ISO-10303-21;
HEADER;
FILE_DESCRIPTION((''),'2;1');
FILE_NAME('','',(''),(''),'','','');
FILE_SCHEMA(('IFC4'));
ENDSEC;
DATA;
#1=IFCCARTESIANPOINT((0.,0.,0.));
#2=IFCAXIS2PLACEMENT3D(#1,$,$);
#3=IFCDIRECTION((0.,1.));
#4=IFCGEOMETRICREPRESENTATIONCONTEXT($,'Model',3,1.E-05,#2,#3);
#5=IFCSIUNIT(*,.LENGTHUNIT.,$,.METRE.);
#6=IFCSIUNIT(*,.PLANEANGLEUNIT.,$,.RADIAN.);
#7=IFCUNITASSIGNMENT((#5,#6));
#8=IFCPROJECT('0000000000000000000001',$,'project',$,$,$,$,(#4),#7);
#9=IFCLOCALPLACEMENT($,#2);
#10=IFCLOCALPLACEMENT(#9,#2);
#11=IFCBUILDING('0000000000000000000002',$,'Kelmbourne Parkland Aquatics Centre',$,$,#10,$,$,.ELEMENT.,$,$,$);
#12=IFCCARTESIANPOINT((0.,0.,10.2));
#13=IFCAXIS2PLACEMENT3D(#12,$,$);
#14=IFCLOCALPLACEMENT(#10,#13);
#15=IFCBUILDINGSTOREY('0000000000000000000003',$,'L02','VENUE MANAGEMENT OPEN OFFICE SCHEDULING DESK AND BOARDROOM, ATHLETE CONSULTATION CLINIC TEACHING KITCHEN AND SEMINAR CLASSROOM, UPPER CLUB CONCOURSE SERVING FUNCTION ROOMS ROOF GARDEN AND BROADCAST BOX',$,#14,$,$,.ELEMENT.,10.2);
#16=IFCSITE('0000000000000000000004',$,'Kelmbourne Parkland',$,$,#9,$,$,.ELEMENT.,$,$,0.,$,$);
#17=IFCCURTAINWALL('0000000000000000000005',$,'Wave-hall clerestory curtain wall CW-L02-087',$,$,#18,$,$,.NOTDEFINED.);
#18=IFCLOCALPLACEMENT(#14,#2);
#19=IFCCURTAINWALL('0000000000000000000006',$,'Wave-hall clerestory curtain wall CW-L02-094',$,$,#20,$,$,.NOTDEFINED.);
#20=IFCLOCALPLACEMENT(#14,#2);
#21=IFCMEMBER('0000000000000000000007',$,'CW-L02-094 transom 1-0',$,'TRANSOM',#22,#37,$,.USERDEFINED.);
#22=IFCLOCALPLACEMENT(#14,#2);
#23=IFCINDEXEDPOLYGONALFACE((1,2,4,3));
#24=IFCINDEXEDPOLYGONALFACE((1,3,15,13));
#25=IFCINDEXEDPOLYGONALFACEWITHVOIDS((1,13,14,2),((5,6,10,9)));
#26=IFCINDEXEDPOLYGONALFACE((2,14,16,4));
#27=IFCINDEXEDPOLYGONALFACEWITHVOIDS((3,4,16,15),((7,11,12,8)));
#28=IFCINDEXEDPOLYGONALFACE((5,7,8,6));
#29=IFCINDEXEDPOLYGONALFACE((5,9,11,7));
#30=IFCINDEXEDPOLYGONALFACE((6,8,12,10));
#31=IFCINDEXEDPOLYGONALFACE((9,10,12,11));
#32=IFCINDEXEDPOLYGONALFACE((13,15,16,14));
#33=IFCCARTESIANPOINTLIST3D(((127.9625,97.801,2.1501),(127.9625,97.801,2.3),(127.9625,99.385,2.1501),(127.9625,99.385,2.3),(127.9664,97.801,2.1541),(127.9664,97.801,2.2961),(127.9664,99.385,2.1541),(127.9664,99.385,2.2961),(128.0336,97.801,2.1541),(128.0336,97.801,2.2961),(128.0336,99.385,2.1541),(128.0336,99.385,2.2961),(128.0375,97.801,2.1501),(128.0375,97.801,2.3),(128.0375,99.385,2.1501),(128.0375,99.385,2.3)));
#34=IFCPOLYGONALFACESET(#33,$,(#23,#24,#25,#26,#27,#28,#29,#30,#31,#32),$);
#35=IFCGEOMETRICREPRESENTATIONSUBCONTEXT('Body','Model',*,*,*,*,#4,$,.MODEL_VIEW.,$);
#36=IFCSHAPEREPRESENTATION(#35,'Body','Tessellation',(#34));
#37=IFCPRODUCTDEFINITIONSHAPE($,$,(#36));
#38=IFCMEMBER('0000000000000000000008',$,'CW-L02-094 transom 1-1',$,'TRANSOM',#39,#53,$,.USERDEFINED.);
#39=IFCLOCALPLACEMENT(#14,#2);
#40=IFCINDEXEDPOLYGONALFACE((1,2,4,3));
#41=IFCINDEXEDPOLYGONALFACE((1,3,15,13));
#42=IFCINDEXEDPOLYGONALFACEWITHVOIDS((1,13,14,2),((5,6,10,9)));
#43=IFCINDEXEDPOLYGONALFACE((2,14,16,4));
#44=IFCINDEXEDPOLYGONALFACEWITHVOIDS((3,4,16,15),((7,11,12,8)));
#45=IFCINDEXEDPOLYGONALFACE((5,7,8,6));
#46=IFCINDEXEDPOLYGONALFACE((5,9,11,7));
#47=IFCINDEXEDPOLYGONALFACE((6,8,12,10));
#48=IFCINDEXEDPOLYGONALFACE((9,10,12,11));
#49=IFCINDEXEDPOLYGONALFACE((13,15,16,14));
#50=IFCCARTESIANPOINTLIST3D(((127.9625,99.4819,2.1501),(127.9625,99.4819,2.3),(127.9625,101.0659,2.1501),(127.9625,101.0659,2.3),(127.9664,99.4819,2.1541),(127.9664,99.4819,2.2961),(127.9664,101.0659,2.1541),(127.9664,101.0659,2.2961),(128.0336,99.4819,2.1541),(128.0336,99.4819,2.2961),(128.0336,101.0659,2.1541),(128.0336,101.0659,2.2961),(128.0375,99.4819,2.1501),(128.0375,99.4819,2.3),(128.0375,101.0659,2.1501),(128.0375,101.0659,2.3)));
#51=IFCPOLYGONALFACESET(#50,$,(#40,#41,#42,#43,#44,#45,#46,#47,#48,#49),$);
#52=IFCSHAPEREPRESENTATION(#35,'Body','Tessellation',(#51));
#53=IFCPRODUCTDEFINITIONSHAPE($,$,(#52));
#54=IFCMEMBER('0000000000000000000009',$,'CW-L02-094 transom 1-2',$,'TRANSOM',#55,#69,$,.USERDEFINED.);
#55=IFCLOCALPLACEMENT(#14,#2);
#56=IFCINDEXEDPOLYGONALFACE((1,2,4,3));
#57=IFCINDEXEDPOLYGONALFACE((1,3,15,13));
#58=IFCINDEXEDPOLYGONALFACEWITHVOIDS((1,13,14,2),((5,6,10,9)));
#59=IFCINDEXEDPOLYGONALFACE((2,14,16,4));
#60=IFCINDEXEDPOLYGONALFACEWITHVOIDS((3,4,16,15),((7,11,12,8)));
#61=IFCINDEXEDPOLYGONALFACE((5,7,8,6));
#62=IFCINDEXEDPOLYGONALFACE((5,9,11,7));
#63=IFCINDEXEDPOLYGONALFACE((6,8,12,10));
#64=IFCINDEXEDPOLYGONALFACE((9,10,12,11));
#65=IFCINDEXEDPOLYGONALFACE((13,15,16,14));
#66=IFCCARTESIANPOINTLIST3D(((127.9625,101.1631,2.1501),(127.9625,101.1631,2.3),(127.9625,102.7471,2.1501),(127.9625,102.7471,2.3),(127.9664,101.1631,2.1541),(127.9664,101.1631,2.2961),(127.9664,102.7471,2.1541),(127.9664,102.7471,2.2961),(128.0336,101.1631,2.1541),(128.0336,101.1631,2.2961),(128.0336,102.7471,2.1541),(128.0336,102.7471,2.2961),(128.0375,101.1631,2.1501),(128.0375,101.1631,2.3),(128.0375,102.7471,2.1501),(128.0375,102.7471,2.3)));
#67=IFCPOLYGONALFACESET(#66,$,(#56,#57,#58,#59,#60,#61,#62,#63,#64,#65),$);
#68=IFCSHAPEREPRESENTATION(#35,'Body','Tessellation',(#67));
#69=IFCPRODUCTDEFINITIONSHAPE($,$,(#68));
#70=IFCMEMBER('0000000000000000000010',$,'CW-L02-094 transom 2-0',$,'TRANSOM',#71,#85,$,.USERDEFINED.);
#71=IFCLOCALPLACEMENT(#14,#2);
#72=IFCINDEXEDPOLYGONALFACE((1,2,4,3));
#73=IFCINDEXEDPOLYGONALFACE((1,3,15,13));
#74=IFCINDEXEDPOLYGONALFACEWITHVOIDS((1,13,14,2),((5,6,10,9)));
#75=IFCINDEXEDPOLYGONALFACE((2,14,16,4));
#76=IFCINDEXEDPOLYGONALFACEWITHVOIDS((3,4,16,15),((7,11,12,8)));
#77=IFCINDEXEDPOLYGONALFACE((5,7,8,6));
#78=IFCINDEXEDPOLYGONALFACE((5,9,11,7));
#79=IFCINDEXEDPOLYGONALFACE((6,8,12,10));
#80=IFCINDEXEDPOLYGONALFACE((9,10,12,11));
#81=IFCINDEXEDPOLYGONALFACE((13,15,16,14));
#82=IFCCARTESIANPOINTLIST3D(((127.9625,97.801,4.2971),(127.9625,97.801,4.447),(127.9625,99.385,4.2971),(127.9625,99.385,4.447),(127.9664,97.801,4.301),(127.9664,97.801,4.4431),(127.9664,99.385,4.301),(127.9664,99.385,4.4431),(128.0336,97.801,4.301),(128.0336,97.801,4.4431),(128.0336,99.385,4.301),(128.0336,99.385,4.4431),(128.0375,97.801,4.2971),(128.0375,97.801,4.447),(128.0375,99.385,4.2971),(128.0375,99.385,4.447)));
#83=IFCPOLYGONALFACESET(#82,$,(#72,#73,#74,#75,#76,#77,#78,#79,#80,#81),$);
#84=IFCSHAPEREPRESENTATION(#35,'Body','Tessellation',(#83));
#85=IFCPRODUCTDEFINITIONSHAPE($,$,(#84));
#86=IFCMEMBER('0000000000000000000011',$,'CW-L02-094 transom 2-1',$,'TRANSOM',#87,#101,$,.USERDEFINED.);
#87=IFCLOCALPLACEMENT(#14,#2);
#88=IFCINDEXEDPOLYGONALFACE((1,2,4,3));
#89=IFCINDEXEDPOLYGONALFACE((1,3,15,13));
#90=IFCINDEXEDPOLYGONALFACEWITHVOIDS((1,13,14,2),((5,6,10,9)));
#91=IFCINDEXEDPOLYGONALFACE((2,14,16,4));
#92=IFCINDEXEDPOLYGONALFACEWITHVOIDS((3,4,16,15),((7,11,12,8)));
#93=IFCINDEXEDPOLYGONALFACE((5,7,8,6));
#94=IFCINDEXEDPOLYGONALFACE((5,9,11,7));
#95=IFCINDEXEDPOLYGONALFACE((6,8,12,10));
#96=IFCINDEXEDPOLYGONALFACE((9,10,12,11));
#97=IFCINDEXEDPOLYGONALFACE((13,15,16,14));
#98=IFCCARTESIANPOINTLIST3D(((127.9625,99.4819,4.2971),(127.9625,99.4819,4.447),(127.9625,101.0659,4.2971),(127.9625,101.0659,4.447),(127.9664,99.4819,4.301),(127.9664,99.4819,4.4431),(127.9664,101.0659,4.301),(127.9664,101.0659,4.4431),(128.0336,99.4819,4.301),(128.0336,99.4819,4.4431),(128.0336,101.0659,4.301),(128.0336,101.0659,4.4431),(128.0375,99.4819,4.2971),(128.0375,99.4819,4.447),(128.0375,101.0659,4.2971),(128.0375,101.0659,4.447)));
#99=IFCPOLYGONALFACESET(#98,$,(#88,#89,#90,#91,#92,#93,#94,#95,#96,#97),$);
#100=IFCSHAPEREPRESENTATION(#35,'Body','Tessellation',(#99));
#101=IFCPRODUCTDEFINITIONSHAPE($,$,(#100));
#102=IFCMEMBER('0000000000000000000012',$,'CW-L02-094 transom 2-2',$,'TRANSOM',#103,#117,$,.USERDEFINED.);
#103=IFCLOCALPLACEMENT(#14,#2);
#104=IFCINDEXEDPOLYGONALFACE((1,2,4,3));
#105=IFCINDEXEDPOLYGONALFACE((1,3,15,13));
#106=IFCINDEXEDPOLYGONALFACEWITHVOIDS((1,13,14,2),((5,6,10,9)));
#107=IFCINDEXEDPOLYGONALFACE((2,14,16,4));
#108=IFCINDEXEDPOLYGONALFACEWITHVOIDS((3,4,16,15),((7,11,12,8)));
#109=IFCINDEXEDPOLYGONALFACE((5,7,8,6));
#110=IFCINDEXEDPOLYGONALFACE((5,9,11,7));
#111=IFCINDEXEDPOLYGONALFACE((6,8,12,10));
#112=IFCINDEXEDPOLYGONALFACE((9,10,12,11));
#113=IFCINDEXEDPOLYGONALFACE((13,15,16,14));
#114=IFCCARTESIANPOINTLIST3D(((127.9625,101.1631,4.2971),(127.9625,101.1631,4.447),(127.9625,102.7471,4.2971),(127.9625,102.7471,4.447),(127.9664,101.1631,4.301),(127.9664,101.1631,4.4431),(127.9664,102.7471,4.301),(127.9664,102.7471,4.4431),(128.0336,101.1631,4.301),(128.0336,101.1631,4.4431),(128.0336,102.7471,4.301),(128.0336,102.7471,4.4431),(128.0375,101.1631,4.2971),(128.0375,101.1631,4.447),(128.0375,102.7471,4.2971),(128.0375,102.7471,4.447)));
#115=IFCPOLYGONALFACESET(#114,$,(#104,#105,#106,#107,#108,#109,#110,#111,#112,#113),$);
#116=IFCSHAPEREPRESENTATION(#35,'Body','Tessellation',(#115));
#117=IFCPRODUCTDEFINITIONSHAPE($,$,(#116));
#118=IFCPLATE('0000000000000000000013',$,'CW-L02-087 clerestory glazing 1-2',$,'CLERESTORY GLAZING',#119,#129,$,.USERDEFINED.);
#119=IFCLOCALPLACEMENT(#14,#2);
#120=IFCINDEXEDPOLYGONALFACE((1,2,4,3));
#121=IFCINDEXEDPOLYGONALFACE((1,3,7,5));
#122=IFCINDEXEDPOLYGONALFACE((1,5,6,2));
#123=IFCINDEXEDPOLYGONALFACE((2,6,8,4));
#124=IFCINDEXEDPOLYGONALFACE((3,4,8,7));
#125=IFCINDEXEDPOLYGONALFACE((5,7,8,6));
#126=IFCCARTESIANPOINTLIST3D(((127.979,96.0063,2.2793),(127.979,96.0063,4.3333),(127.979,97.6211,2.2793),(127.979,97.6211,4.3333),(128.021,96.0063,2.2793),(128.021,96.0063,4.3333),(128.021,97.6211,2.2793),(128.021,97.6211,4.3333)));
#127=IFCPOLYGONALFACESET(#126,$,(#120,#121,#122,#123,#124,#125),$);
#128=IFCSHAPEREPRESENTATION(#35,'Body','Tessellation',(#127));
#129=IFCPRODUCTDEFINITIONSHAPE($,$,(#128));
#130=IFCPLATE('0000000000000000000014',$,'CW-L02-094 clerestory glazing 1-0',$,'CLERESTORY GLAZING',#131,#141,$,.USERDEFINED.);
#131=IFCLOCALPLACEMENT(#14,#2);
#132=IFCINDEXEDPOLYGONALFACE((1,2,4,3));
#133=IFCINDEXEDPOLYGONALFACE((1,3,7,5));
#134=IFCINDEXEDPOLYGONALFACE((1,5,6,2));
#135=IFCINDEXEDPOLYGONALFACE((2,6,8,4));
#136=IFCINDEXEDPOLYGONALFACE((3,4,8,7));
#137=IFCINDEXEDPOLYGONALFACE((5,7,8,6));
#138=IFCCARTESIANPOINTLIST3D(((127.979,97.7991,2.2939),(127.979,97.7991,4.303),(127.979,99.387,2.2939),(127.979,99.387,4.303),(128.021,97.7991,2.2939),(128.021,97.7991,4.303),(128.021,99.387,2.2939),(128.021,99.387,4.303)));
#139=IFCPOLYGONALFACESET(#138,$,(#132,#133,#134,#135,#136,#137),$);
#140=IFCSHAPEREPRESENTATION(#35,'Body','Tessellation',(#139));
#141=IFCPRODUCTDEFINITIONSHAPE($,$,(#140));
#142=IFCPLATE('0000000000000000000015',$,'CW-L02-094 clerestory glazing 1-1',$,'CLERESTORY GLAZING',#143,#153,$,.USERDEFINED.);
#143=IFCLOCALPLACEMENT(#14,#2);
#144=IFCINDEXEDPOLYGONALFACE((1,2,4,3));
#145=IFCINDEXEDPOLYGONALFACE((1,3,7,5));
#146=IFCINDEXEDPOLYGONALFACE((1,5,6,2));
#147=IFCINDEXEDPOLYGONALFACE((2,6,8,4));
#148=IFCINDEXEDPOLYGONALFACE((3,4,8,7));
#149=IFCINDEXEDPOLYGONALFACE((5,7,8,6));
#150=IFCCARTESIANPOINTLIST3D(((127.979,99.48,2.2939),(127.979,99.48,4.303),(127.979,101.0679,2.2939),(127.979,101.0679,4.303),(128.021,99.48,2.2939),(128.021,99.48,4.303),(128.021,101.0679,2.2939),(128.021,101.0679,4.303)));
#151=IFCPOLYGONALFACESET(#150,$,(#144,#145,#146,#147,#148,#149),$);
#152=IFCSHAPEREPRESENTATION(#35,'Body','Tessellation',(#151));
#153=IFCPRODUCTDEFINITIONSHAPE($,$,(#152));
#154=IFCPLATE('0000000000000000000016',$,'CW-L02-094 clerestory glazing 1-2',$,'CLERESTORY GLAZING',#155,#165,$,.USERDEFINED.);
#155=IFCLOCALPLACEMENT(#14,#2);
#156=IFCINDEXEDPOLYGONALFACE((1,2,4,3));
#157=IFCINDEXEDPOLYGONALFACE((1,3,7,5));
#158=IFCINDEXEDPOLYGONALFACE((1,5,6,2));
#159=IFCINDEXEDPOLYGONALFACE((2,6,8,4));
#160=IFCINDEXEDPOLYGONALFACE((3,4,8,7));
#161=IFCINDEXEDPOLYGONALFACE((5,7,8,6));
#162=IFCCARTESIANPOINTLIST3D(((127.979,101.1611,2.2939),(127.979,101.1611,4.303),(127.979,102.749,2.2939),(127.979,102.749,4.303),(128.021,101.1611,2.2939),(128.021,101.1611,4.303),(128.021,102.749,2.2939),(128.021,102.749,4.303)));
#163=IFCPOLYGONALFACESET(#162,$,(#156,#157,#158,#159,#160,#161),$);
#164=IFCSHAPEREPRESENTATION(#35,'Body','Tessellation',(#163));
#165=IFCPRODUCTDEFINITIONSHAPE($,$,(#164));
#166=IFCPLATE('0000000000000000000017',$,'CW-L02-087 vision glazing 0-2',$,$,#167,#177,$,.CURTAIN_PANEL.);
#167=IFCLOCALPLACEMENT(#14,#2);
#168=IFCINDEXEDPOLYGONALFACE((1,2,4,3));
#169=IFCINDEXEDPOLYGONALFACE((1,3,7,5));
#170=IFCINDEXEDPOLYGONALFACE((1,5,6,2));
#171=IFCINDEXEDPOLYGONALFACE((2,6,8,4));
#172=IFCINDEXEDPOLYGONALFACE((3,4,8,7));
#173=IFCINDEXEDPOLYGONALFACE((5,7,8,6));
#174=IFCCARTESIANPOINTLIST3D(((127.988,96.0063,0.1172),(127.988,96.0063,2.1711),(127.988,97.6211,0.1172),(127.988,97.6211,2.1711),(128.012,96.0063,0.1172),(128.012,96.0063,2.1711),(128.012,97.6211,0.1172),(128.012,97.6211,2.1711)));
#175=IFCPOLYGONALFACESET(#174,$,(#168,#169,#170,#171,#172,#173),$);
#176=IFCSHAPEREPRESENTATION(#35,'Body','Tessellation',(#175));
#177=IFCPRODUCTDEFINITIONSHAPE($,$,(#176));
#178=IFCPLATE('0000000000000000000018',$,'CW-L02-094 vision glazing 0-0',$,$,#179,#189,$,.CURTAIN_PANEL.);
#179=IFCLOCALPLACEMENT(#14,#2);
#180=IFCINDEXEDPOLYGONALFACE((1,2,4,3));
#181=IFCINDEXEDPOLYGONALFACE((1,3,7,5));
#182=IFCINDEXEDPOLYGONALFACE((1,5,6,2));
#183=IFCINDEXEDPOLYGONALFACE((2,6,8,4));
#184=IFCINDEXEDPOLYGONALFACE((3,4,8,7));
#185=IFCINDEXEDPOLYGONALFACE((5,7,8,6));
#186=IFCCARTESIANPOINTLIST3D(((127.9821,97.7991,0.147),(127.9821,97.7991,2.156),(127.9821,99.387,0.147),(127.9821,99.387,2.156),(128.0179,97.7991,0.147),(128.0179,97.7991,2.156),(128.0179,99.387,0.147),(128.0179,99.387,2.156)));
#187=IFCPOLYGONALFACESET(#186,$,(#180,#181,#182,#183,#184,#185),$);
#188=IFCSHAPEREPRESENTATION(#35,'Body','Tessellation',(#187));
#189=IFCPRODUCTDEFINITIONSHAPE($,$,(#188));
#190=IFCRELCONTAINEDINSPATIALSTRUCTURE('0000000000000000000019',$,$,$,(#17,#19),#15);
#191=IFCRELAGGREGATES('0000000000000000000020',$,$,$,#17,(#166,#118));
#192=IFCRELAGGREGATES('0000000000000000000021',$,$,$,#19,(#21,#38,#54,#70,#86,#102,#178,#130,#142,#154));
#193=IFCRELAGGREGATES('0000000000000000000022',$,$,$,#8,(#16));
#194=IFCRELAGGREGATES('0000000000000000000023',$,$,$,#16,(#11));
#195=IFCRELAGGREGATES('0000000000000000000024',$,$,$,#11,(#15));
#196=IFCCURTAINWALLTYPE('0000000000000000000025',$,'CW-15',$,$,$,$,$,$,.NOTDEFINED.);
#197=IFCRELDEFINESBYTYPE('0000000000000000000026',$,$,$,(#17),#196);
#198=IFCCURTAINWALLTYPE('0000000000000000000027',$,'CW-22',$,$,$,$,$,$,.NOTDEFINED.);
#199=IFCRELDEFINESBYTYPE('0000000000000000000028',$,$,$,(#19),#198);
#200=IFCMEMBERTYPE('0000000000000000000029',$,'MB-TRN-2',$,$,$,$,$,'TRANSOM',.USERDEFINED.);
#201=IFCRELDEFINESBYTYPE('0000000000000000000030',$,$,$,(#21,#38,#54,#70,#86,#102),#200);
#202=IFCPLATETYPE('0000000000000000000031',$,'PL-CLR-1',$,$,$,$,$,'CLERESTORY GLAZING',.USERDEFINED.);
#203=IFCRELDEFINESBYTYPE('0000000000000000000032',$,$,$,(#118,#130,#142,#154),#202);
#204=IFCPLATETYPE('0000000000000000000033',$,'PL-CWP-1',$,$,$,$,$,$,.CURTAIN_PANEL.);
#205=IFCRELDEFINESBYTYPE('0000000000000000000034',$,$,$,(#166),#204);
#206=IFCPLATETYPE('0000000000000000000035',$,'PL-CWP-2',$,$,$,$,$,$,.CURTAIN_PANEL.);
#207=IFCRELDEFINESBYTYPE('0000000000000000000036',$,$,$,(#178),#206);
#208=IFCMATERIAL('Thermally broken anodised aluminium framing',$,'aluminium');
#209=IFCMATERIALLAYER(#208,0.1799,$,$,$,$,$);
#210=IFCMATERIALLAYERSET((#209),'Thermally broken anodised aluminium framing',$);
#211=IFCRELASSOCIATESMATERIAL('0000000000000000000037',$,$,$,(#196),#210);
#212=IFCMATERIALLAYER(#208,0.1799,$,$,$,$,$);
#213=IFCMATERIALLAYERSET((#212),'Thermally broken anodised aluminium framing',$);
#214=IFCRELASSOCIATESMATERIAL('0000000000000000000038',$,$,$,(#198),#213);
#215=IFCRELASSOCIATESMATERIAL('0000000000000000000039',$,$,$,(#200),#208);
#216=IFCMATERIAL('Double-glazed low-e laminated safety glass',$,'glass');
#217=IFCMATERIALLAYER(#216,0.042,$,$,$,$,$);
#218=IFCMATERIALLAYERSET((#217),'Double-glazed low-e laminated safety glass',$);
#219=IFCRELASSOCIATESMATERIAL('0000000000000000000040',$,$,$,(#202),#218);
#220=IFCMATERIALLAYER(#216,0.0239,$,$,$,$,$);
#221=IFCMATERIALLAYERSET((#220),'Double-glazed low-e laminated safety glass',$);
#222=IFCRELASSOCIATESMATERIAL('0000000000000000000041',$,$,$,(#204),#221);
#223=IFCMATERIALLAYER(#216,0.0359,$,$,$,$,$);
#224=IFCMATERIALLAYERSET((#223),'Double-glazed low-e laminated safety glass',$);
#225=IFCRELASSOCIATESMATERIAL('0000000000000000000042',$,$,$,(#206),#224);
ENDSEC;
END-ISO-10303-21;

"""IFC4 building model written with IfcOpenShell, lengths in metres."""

from ifc_helpers import new_model, si_unit, direction, frame, origin, origin_2d, place, context, subcontext, project, spatial, rectangle, hollow_rectangle, extrude, material, layer, layer_set, material_profile, profile_set, type_object, element, aggregate, save


model = new_model("IFC4")

# Units and contexts
model_context = context("Model", 3, precision=1e-05, world=origin(), true_north=direction((0.0, 1.0)))
body_context = subcontext(model_context, "Body", "Model", "MODEL_VIEW")
ifc_project = project(units=[si_unit("LENGTHUNIT", "METRE"), si_unit("PLANEANGLEUNIT", "RADIAN")], contexts=[model_context])

# Site, building, storey
site_placement = place(None, origin())
site = spatial("IfcSite", under=ifc_project, at=site_placement, Name="Kelmbourne Parkland", CompositionType="ELEMENT", RefElevation=0.0)
building_placement = place(site_placement, origin())
building = spatial("IfcBuilding", under=site, at=building_placement, Name="Kelmbourne Parkland Aquatics Centre", CompositionType="ELEMENT")
storey_placement = place(building_placement, frame((0.0, 0.0, 10.2)))
storey = spatial("IfcBuildingStorey", under=building, at=storey_placement, Name="L02", Description="VENUE MANAGEMENT OPEN OFFICE SCHEDULING DESK AND BOARDROOM, ATHLETE CONSULTATION CLINIC TEACHING KITCHEN AND SEMINAR CLASSROOM, UPPER CLUB CONCOURSE SERVING FUNCTION ROOMS ROOF GARDEN AND BROADCAST BOX", CompositionType="ELEMENT", Elevation=10.2)

# Curtain wall
ifc_material_1 = material(Name="Thermally broken anodised aluminium framing", Category="aluminium")
ifc_layer_1 = layer(ifc_material_1, 0.1799)
ifc_layer_set_1 = layer_set([ifc_layer_1], Name="Thermally broken anodised aluminium framing")
curtain_wall_type_1 = type_object("IfcCurtainWallType", Name="CW-15", PredefinedType="NOTDEFINED", material=ifc_layer_set_1)
curtain_wall_1_placement = place(storey_placement, origin())
curtain_wall_1 = element("IfcCurtainWall", 1, at=curtain_wall_1_placement, inside=storey, type_object=curtain_wall_type_1, Name="Wave-hall clerestory curtain wall CW-L02-087", PredefinedType="NOTDEFINED")

# Curtain wall, members
ifc_layer_2 = layer(ifc_material_1, 0.1799)
ifc_layer_set_2 = layer_set([ifc_layer_2], Name="Thermally broken anodised aluminium framing")
curtain_wall_type_2 = type_object("IfcCurtainWallType", Name="CW-22", PredefinedType="NOTDEFINED", material=ifc_layer_set_2)
curtain_wall_2_placement = place(storey_placement, origin())
curtain_wall_2 = element("IfcCurtainWall", 2, at=curtain_wall_2_placement, inside=storey, type_object=curtain_wall_type_2, Name="Wave-hall clerestory curtain wall CW-L02-094", PredefinedType="NOTDEFINED")
ifc_material_profile_1 = material_profile(ifc_material_1, hollow_rectangle(XDim=0.075, YDim=0.1499, WallThickness=0.0039, at=origin_2d()), Name="CW-T 75x150")
ifc_profile_set_1 = profile_set([ifc_material_profile_1], Name="Thermally broken anodised aluminium framing")
member_type_1 = type_object("IfcMemberType", Name="MB-TRN-2", ElementType="TRANSOM", PredefinedType="USERDEFINED", material=ifc_profile_set_1)
member_1_placement = place(storey_placement, frame((128.0, 97.801, 2.2251), z_axis=(0.0, 1.0, 0.0), x_axis=(-1.0, 0.0, 0.0)))
member_1 = element("IfcMember", 3, at=member_1_placement, type_object=member_type_1, Name="CW-L02-094 transom 1-0", ObjectType="TRANSOM", PredefinedType="USERDEFINED", context=body_context, shape_type="SweptSolid", body=[
    extrude(hollow_rectangle(XDim=0.075, YDim=0.1499, WallThickness=0.0039, at=origin_2d()), origin(), (0.0, 0.0, 1.0), 1.584),
])
member_2_placement = place(storey_placement, frame((128.0, 99.4819, 2.2251), z_axis=(0.0, 1.0, 0.0), x_axis=(-1.0, 0.0, 0.0)))
member_2 = element("IfcMember", 4, at=member_2_placement, type_object=member_type_1, Name="CW-L02-094 transom 1-1", ObjectType="TRANSOM", PredefinedType="USERDEFINED", context=body_context, shape_type="SweptSolid", body=[
    extrude(hollow_rectangle(XDim=0.075, YDim=0.1499, WallThickness=0.0039, at=origin_2d()), origin(), (0.0, 0.0, 1.0), 1.584),
])
member_3_placement = place(storey_placement, frame((128.0, 101.1631, 2.2251), z_axis=(0.0, 1.0, 0.0), x_axis=(-1.0, 0.0, 0.0)))
member_3 = element("IfcMember", 5, at=member_3_placement, type_object=member_type_1, Name="CW-L02-094 transom 1-2", ObjectType="TRANSOM", PredefinedType="USERDEFINED", context=body_context, shape_type="SweptSolid", body=[
    extrude(hollow_rectangle(XDim=0.075, YDim=0.1499, WallThickness=0.0039, at=origin_2d()), origin(), (0.0, 0.0, 1.0), 1.584),
])
member_4_placement = place(storey_placement, frame((128.0, 97.801, 4.3721), z_axis=(0.0, 1.0, 0.0), x_axis=(-1.0, 0.0, 0.0)))
member_4 = element("IfcMember", 6, at=member_4_placement, type_object=member_type_1, Name="CW-L02-094 transom 2-0", ObjectType="TRANSOM", PredefinedType="USERDEFINED", context=body_context, shape_type="SweptSolid", body=[
    extrude(hollow_rectangle(XDim=0.075, YDim=0.1499, WallThickness=0.0039, at=origin_2d()), origin(), (0.0, 0.0, 1.0), 1.584),
])
member_5_placement = place(storey_placement, frame((128.0, 99.4819, 4.3721), z_axis=(0.0, 1.0, 0.0), x_axis=(-1.0, 0.0, 0.0)))
member_5 = element("IfcMember", 7, at=member_5_placement, type_object=member_type_1, Name="CW-L02-094 transom 2-1", ObjectType="TRANSOM", PredefinedType="USERDEFINED", context=body_context, shape_type="SweptSolid", body=[
    extrude(hollow_rectangle(XDim=0.075, YDim=0.1499, WallThickness=0.0039, at=origin_2d()), origin(), (0.0, 0.0, 1.0), 1.584),
])
member_6_placement = place(storey_placement, frame((128.0, 101.1631, 4.3721), z_axis=(0.0, 1.0, 0.0), x_axis=(-1.0, 0.0, 0.0)))
member_6 = element("IfcMember", 8, at=member_6_placement, type_object=member_type_1, Name="CW-L02-094 transom 2-2", ObjectType="TRANSOM", PredefinedType="USERDEFINED", context=body_context, shape_type="SweptSolid", body=[
    extrude(hollow_rectangle(XDim=0.075, YDim=0.1499, WallThickness=0.0039, at=origin_2d()), origin(), (0.0, 0.0, 1.0), 1.584),
])

# Plates
ifc_material_2 = material(Name="Double-glazed low-e laminated safety glass", Category="glass")
ifc_layer_3 = layer(ifc_material_2, 0.042)
ifc_layer_set_3 = layer_set([ifc_layer_3], Name="Double-glazed low-e laminated safety glass")
plate_type_1 = type_object("IfcPlateType", Name="PL-CLR-1", ElementType="CLERESTORY GLAZING", PredefinedType="USERDEFINED", material=ifc_layer_set_3)
plate_1_placement = place(storey_placement, frame((128.0, 96.8137, 2.2793), z_axis=(0.0, 0.0, 1.0), x_axis=(0.0, 1.0, 0.0)))
plate_1 = element("IfcPlate", 9, at=plate_1_placement, type_object=plate_type_1, Name="CW-L02-087 clerestory glazing 1-2", ObjectType="CLERESTORY GLAZING", PredefinedType="USERDEFINED", context=body_context, shape_type="SweptSolid", body=[
    extrude(rectangle(XDim=1.6147, YDim=0.042, at=origin_2d()), origin(), (0.0, 0.0, 1.0), 2.054),
])
plate_2_placement = place(storey_placement, frame((128.0, 98.593, 2.2939), z_axis=(0.0, 0.0, 1.0), x_axis=(0.0, 1.0, 0.0)))
plate_2 = element("IfcPlate", 10, at=plate_2_placement, type_object=plate_type_1, Name="CW-L02-094 clerestory glazing 1-0", ObjectType="CLERESTORY GLAZING", PredefinedType="USERDEFINED", context=body_context, shape_type="SweptSolid", body=[
    extrude(rectangle(XDim=1.5879, YDim=0.042, at=origin_2d()), origin(), (0.0, 0.0, 1.0), 2.009),
])
plate_3_placement = place(storey_placement, frame((128.0, 100.2739, 2.2939), z_axis=(0.0, 0.0, 1.0), x_axis=(0.0, 1.0, 0.0)))
plate_3 = element("IfcPlate", 11, at=plate_3_placement, type_object=plate_type_1, Name="CW-L02-094 clerestory glazing 1-1", ObjectType="CLERESTORY GLAZING", PredefinedType="USERDEFINED", context=body_context, shape_type="SweptSolid", body=[
    extrude(rectangle(XDim=1.5879, YDim=0.042, at=origin_2d()), origin(), (0.0, 0.0, 1.0), 2.009),
])
plate_4_placement = place(storey_placement, frame((128.0, 101.9551, 2.2939), z_axis=(0.0, 0.0, 1.0), x_axis=(0.0, 1.0, 0.0)))
plate_4 = element("IfcPlate", 12, at=plate_4_placement, type_object=plate_type_1, Name="CW-L02-094 clerestory glazing 1-2", ObjectType="CLERESTORY GLAZING", PredefinedType="USERDEFINED", context=body_context, shape_type="SweptSolid", body=[
    extrude(rectangle(XDim=1.5879, YDim=0.042, at=origin_2d()), origin(), (0.0, 0.0, 1.0), 2.009),
])
ifc_layer_4 = layer(ifc_material_2, 0.0239)
ifc_layer_set_4 = layer_set([ifc_layer_4], Name="Double-glazed low-e laminated safety glass")
plate_type_2 = type_object("IfcPlateType", Name="PL-CWP-1", PredefinedType="CURTAIN_PANEL", material=ifc_layer_set_4)
plate_5_placement = place(storey_placement, frame((128.0, 96.8137, 0.1172), z_axis=(0.0, 0.0, 1.0), x_axis=(0.0, 1.0, 0.0)))
plate_5 = element("IfcPlate", 13, at=plate_5_placement, type_object=plate_type_2, Name="CW-L02-087 vision glazing 0-2", PredefinedType="CURTAIN_PANEL", context=body_context, shape_type="SweptSolid", body=[
    extrude(rectangle(XDim=1.6147, YDim=0.0239, at=origin_2d()), origin(), (0.0, 0.0, 1.0), 2.054),
])
aggregate(curtain_wall_1, [plate_5, plate_1])
ifc_layer_5 = layer(ifc_material_2, 0.0359)
ifc_layer_set_5 = layer_set([ifc_layer_5], Name="Double-glazed low-e laminated safety glass")
plate_type_3 = type_object("IfcPlateType", Name="PL-CWP-2", PredefinedType="CURTAIN_PANEL", material=ifc_layer_set_5)
plate_6_placement = place(storey_placement, frame((128.0, 98.593, 0.147), z_axis=(0.0, 0.0, 1.0), x_axis=(0.0, 1.0, 0.0)))
plate_6 = element("IfcPlate", 14, at=plate_6_placement, type_object=plate_type_3, Name="CW-L02-094 vision glazing 0-0", PredefinedType="CURTAIN_PANEL", context=body_context, shape_type="SweptSolid", body=[
    extrude(rectangle(XDim=1.5879, YDim=0.0359, at=origin_2d()), origin(), (0.0, 0.0, 1.0), 2.009),
])
aggregate(curtain_wall_2, [member_1, member_2, member_3, member_4, member_5, member_6, plate_6, plate_2, plate_3, plate_4])

save(model, "model.ifc")
